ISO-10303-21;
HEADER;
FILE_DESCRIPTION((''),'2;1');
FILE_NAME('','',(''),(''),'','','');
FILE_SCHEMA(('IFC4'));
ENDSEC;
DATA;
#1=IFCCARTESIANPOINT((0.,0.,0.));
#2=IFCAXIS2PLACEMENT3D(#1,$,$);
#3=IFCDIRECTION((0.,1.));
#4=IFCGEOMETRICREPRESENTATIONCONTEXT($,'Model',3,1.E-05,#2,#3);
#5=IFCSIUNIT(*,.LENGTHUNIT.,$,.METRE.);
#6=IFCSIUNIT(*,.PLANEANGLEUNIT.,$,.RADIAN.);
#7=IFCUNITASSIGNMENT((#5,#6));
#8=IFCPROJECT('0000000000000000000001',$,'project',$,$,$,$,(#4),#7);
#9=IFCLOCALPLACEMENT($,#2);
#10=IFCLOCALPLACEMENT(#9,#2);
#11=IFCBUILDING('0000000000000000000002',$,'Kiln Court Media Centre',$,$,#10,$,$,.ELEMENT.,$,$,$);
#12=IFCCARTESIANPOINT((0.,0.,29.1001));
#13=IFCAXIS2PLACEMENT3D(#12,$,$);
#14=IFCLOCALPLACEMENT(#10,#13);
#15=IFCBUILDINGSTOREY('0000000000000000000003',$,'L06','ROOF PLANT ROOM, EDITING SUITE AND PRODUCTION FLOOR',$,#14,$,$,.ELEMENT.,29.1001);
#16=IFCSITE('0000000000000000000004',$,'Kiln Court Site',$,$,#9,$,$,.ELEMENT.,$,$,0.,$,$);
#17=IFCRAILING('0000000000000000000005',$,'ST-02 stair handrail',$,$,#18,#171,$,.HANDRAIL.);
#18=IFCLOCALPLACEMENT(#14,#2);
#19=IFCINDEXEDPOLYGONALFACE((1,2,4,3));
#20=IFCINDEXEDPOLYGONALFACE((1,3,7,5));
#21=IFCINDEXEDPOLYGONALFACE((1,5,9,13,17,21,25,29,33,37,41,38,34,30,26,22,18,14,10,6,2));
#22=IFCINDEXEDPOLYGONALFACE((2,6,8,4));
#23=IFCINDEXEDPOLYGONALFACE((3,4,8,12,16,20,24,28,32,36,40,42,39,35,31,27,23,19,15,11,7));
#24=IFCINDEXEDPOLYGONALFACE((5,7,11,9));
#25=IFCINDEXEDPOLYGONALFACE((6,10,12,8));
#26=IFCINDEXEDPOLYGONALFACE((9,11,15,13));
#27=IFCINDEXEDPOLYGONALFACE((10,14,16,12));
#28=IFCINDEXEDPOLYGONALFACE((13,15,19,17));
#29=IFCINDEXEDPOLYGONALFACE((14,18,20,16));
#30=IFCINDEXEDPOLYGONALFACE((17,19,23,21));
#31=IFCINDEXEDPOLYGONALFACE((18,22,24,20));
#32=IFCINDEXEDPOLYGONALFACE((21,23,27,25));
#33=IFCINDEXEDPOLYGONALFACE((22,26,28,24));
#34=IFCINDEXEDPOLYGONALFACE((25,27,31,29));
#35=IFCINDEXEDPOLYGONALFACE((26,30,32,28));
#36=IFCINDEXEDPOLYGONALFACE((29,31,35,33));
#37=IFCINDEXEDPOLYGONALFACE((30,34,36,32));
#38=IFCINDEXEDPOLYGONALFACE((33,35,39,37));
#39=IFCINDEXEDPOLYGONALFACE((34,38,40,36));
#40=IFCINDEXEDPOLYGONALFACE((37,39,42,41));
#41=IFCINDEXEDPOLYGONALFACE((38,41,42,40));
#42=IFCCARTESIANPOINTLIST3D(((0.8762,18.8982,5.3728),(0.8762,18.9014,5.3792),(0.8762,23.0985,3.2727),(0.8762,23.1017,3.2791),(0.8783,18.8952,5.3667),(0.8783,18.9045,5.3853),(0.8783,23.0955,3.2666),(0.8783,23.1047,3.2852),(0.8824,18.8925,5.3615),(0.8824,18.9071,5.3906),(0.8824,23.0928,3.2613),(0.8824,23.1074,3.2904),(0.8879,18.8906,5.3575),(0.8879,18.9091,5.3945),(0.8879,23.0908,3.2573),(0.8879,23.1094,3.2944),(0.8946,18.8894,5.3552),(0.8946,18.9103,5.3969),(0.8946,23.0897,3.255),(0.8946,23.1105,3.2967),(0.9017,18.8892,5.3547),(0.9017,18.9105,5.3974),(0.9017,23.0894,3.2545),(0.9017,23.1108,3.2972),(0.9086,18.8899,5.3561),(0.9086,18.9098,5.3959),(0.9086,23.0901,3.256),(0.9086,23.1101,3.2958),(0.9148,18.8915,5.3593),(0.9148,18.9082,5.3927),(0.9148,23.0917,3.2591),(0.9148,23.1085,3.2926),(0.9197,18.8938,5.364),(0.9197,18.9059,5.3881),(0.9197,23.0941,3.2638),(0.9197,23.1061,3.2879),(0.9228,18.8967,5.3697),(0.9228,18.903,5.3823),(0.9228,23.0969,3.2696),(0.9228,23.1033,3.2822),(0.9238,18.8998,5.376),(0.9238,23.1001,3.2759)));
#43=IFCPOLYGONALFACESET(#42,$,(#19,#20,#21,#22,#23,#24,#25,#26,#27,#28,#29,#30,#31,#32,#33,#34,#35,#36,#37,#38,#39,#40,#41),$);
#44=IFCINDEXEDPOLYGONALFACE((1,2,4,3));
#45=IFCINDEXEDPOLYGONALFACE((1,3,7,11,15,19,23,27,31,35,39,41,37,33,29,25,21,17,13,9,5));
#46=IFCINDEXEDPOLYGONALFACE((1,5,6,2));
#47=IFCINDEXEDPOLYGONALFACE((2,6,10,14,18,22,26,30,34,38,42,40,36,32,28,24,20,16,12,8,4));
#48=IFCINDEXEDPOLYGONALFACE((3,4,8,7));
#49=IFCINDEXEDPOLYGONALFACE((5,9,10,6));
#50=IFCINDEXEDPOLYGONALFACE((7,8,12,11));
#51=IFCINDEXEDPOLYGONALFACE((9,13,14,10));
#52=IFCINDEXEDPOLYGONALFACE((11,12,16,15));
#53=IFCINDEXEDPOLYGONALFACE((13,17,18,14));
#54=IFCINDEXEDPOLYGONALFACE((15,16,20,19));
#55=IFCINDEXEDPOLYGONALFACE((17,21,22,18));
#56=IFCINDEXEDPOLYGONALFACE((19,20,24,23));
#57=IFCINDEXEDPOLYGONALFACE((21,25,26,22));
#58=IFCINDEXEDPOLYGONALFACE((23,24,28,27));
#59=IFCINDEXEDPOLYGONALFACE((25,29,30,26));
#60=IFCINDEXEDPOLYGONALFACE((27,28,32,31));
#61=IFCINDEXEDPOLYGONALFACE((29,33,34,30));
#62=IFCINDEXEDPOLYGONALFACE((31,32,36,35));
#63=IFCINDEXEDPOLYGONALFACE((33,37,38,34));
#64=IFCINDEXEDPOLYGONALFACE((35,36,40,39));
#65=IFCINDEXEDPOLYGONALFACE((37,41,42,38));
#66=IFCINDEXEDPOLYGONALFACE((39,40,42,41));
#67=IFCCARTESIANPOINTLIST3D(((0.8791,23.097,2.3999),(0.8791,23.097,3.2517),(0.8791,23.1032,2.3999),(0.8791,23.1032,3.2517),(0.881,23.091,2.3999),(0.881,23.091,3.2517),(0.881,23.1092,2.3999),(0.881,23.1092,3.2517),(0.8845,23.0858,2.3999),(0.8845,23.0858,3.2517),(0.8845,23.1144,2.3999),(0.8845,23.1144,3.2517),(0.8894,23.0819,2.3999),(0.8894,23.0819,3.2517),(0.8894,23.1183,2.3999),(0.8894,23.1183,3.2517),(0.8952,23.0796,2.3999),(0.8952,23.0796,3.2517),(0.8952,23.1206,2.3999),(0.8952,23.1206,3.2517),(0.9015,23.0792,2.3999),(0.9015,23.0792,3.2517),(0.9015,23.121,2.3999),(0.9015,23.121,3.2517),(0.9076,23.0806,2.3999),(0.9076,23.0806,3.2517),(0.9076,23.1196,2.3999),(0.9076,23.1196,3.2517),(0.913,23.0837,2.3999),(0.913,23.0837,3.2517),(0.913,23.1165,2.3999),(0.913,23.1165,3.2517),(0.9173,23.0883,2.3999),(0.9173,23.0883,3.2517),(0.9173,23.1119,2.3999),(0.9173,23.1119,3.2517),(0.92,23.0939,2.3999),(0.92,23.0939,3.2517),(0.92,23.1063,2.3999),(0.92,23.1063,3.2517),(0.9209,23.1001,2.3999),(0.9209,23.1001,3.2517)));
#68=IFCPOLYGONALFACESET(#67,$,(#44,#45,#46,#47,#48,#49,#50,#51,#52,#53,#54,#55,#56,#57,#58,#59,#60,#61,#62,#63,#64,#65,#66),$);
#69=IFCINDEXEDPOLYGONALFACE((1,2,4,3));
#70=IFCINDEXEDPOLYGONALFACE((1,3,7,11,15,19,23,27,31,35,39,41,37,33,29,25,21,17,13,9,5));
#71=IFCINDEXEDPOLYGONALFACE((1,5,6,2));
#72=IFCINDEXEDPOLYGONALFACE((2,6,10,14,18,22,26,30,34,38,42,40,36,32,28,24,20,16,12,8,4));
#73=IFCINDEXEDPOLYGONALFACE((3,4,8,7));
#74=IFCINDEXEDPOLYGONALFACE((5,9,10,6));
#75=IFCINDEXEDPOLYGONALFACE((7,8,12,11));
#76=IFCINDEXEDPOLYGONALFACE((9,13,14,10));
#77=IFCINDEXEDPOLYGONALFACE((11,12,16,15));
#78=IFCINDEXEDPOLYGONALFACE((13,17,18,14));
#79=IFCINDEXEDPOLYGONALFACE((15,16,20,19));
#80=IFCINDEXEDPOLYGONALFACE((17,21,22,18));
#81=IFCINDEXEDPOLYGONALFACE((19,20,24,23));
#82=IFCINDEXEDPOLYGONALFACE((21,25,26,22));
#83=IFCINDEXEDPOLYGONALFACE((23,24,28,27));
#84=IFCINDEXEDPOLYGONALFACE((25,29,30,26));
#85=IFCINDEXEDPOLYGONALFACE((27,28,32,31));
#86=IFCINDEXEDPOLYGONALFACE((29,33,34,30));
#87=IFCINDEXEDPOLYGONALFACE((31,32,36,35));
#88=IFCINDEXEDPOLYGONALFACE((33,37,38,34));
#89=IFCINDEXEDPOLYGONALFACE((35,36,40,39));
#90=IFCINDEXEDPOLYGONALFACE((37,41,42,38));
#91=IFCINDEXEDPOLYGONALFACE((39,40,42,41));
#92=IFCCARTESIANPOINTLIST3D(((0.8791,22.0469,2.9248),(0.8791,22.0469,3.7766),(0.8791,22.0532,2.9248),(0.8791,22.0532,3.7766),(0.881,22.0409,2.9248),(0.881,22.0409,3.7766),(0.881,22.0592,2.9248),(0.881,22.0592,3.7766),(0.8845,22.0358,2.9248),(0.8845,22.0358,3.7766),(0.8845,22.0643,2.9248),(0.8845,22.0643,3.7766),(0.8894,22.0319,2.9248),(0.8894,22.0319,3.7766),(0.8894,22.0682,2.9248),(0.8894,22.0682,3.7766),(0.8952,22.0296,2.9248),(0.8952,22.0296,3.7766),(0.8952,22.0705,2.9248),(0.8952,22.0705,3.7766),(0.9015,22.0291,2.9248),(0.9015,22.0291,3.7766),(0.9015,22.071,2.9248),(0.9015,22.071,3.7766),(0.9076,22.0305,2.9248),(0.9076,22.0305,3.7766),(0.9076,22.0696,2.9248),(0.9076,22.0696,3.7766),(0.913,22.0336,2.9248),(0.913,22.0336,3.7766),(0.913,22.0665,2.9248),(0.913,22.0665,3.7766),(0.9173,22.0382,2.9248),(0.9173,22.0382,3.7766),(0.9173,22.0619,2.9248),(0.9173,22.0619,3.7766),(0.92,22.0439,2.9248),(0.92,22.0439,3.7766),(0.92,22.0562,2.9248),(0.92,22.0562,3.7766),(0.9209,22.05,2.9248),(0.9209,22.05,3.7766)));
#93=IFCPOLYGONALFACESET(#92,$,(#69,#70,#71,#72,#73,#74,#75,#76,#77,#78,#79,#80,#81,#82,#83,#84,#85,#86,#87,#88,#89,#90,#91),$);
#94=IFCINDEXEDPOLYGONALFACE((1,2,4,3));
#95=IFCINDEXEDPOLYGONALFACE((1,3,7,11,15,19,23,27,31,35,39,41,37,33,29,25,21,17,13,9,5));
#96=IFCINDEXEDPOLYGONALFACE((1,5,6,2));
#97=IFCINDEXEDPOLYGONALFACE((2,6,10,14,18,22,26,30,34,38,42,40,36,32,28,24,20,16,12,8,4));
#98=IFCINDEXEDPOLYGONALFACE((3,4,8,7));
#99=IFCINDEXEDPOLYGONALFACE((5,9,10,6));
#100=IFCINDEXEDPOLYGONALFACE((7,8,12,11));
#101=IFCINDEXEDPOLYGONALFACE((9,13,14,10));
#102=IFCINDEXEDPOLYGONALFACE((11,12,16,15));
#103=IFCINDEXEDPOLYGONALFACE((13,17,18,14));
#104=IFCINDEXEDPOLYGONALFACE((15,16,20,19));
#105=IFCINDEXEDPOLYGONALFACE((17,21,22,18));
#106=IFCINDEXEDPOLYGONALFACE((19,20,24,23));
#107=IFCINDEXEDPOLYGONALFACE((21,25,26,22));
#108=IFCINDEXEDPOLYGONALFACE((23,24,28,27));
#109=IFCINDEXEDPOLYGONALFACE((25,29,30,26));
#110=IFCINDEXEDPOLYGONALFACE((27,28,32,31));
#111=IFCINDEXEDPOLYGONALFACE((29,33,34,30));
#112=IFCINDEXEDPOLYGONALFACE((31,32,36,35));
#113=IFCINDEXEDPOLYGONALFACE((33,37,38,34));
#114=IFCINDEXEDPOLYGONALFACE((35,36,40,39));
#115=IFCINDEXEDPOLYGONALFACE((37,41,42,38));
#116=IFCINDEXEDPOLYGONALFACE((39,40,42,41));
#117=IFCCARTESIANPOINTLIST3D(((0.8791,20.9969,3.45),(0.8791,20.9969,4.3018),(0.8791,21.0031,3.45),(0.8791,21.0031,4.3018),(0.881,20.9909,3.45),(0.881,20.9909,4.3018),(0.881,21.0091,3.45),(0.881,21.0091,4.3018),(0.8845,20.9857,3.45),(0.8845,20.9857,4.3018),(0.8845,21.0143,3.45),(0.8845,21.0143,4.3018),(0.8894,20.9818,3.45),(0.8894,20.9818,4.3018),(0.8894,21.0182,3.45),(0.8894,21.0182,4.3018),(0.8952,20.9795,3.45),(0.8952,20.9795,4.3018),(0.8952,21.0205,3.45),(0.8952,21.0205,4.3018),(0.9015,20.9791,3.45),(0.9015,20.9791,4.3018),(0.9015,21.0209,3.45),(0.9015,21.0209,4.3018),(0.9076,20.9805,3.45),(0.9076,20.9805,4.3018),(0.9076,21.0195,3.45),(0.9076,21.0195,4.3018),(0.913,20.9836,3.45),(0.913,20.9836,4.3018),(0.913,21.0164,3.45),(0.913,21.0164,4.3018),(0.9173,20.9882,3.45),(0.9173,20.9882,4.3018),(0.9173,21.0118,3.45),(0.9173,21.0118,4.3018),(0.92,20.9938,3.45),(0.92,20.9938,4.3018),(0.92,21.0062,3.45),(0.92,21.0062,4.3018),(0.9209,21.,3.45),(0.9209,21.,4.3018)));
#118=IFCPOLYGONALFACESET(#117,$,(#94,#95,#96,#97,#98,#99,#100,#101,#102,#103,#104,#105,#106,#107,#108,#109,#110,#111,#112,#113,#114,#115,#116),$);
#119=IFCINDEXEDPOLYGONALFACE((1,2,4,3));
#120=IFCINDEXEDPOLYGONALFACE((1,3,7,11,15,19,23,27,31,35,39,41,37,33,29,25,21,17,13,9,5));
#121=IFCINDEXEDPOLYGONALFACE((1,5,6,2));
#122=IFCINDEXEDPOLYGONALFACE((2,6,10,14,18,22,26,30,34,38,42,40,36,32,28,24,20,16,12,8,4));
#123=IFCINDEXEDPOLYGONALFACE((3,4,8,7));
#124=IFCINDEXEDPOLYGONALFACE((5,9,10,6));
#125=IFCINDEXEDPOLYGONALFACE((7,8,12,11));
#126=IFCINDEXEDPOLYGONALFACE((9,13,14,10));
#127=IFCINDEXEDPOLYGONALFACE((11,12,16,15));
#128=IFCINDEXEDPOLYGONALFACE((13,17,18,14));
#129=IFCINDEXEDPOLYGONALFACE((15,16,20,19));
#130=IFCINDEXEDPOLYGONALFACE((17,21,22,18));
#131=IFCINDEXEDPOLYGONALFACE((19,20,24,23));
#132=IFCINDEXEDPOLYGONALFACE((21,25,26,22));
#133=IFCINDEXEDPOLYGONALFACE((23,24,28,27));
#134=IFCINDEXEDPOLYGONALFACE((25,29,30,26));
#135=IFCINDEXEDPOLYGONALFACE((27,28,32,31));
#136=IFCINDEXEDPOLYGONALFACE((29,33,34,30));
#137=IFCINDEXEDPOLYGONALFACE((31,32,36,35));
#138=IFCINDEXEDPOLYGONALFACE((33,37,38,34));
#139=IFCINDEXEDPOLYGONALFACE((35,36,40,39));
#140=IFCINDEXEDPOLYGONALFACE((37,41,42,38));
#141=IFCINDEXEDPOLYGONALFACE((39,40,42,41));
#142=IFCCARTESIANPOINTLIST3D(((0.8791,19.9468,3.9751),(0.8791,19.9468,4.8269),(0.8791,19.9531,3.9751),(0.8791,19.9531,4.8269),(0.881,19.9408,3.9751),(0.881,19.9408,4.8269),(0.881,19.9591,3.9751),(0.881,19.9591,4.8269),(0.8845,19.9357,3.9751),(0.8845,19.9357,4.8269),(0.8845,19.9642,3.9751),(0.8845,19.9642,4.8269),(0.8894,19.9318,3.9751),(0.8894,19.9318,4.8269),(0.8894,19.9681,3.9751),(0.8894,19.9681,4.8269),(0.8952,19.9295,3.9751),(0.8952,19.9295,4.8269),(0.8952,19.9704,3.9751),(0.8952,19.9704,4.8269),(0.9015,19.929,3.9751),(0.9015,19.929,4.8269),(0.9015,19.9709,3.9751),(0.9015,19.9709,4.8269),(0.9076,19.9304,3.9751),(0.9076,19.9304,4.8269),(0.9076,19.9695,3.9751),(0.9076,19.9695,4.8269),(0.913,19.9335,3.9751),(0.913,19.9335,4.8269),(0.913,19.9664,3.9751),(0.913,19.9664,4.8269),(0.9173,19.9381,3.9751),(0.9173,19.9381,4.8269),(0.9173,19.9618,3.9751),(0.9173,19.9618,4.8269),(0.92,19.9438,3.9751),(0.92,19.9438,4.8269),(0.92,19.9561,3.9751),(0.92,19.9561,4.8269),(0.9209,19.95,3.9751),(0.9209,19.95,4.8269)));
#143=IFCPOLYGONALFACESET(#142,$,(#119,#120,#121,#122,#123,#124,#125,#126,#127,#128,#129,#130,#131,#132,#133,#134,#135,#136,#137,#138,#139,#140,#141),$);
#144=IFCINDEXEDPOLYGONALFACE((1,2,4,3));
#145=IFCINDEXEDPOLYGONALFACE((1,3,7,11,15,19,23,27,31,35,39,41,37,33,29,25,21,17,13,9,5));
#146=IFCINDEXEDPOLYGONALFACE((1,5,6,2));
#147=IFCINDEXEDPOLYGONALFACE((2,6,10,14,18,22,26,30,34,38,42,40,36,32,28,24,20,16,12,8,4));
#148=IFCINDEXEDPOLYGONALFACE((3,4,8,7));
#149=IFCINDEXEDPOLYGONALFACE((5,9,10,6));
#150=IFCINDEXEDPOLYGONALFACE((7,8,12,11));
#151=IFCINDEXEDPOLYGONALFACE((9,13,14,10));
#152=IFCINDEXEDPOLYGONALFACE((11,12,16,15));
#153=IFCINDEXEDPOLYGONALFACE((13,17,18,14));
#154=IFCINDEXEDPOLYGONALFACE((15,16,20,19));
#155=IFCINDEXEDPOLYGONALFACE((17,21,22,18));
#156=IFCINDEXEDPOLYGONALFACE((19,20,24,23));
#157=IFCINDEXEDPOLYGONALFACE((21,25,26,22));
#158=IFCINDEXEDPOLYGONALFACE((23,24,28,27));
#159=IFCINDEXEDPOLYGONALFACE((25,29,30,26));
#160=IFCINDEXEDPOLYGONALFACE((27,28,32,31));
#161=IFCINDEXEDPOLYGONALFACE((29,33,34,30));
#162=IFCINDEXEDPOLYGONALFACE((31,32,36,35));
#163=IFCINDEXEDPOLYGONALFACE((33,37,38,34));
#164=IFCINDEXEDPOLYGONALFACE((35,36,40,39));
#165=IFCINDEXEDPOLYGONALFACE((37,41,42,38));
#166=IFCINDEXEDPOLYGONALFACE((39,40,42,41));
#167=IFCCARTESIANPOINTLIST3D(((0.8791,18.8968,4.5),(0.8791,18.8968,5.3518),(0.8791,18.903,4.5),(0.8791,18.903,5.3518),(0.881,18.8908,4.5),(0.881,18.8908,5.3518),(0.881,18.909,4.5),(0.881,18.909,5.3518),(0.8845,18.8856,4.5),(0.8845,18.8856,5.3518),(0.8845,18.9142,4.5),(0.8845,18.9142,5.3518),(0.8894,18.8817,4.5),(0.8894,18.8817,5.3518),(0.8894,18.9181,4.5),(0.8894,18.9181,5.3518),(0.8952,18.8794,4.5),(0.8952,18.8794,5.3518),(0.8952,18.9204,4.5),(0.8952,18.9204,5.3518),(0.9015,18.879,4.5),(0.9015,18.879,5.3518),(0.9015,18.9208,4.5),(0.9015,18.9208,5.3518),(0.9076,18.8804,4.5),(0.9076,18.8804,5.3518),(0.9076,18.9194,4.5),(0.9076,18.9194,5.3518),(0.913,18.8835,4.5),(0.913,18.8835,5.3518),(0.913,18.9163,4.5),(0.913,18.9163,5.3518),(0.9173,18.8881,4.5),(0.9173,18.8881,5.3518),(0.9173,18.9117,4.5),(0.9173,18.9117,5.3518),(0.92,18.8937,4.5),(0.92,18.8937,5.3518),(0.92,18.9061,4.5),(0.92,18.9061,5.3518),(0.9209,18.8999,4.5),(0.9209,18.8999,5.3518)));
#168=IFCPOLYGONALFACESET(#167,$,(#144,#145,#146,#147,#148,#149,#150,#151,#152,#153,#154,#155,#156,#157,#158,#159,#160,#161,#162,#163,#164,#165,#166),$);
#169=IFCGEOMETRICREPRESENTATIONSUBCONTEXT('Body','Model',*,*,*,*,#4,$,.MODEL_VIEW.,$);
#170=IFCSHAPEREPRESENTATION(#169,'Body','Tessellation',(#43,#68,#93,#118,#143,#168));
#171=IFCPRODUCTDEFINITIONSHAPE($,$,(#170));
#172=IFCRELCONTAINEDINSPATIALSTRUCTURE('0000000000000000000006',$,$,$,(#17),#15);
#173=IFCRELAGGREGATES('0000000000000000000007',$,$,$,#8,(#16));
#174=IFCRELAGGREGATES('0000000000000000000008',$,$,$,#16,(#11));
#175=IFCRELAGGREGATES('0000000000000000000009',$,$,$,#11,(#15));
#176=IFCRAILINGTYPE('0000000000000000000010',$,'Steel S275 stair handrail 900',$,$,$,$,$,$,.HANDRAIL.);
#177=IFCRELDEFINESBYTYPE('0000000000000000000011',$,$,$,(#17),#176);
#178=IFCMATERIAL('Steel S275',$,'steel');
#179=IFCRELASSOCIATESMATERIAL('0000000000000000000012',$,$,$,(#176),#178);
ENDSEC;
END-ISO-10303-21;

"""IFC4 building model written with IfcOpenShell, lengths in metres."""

from ifc_helpers import new_model, si_unit, direction, frame, origin, origin_2d, place, context, subcontext, project, spatial, circle, extrude, material, type_object, element, save


model = new_model("IFC4")

# Units and contexts
model_context = context("Model", 3, precision=1e-05, world=origin(), true_north=direction((0.0, 1.0)))
body_context = subcontext(model_context, "Body", "Model", "MODEL_VIEW")
ifc_project = project(units=[si_unit("LENGTHUNIT", "METRE"), si_unit("PLANEANGLEUNIT", "RADIAN")], contexts=[model_context])

# Site, building, storey
site_placement = place(None, origin())
site = spatial("IfcSite", under=ifc_project, at=site_placement, Name="Kiln Court Site", CompositionType="ELEMENT", RefElevation=0.0)
building_placement = place(site_placement, origin())
building = spatial("IfcBuilding", under=site, at=building_placement, Name="Kiln Court Media Centre", CompositionType="ELEMENT")
storey_placement = place(building_placement, frame((0.0, 0.0, 29.1001)))
storey = spatial("IfcBuildingStorey", under=building, at=storey_placement, Name="L06", Description="ROOF PLANT ROOM, EDITING SUITE AND PRODUCTION FLOOR", CompositionType="ELEMENT", Elevation=29.1001)

# Railing
ifc_material_1 = material(Name="Steel S275", Category="steel")
railing_type_1 = type_object("IfcRailingType", Name="Steel S275 stair handrail 900", PredefinedType="HANDRAIL", material=ifc_material_1)
railing_1_placement = place(storey_placement, frame((0.8999, 23.1001, 2.3999)))
element("IfcRailing", 1, at=railing_1_placement, inside=storey, type_object=railing_type_1, Name="ST-02 stair handrail", PredefinedType="HANDRAIL", context=body_context, shape_type="SweptSolid", body=[
    extrude(circle(Radius=0.0239, at=origin_2d()), frame((0.0, 0.0, 0.876), z_axis=(0.0, -0.894427, 0.447214), x_axis=(1.0, 0.0, 0.0)), (0.0, 0.0, 1.0), 4.696),
    extrude(circle(Radius=0.021, at=origin_2d()), origin(), (0.0, 0.0, 1.0), 0.8518),
    extrude(circle(Radius=0.021, at=origin_2d()), frame((0.0, -1.05, 0.5249)), (0.0, 0.0, 1.0), 0.8518),
    extrude(circle(Radius=0.021, at=origin_2d()), frame((0.0, -2.1001, 1.05)), (0.0, 0.0, 1.0), 0.8518),
    extrude(circle(Radius=0.021, at=origin_2d()), frame((0.0, -3.1501, 1.5752)), (0.0, 0.0, 1.0), 0.8518),
    extrude(circle(Radius=0.021, at=origin_2d()), frame((0.0, -4.2002, 2.1001)), (0.0, 0.0, 1.0), 0.8518),
])

save(model, "model.ifc")
